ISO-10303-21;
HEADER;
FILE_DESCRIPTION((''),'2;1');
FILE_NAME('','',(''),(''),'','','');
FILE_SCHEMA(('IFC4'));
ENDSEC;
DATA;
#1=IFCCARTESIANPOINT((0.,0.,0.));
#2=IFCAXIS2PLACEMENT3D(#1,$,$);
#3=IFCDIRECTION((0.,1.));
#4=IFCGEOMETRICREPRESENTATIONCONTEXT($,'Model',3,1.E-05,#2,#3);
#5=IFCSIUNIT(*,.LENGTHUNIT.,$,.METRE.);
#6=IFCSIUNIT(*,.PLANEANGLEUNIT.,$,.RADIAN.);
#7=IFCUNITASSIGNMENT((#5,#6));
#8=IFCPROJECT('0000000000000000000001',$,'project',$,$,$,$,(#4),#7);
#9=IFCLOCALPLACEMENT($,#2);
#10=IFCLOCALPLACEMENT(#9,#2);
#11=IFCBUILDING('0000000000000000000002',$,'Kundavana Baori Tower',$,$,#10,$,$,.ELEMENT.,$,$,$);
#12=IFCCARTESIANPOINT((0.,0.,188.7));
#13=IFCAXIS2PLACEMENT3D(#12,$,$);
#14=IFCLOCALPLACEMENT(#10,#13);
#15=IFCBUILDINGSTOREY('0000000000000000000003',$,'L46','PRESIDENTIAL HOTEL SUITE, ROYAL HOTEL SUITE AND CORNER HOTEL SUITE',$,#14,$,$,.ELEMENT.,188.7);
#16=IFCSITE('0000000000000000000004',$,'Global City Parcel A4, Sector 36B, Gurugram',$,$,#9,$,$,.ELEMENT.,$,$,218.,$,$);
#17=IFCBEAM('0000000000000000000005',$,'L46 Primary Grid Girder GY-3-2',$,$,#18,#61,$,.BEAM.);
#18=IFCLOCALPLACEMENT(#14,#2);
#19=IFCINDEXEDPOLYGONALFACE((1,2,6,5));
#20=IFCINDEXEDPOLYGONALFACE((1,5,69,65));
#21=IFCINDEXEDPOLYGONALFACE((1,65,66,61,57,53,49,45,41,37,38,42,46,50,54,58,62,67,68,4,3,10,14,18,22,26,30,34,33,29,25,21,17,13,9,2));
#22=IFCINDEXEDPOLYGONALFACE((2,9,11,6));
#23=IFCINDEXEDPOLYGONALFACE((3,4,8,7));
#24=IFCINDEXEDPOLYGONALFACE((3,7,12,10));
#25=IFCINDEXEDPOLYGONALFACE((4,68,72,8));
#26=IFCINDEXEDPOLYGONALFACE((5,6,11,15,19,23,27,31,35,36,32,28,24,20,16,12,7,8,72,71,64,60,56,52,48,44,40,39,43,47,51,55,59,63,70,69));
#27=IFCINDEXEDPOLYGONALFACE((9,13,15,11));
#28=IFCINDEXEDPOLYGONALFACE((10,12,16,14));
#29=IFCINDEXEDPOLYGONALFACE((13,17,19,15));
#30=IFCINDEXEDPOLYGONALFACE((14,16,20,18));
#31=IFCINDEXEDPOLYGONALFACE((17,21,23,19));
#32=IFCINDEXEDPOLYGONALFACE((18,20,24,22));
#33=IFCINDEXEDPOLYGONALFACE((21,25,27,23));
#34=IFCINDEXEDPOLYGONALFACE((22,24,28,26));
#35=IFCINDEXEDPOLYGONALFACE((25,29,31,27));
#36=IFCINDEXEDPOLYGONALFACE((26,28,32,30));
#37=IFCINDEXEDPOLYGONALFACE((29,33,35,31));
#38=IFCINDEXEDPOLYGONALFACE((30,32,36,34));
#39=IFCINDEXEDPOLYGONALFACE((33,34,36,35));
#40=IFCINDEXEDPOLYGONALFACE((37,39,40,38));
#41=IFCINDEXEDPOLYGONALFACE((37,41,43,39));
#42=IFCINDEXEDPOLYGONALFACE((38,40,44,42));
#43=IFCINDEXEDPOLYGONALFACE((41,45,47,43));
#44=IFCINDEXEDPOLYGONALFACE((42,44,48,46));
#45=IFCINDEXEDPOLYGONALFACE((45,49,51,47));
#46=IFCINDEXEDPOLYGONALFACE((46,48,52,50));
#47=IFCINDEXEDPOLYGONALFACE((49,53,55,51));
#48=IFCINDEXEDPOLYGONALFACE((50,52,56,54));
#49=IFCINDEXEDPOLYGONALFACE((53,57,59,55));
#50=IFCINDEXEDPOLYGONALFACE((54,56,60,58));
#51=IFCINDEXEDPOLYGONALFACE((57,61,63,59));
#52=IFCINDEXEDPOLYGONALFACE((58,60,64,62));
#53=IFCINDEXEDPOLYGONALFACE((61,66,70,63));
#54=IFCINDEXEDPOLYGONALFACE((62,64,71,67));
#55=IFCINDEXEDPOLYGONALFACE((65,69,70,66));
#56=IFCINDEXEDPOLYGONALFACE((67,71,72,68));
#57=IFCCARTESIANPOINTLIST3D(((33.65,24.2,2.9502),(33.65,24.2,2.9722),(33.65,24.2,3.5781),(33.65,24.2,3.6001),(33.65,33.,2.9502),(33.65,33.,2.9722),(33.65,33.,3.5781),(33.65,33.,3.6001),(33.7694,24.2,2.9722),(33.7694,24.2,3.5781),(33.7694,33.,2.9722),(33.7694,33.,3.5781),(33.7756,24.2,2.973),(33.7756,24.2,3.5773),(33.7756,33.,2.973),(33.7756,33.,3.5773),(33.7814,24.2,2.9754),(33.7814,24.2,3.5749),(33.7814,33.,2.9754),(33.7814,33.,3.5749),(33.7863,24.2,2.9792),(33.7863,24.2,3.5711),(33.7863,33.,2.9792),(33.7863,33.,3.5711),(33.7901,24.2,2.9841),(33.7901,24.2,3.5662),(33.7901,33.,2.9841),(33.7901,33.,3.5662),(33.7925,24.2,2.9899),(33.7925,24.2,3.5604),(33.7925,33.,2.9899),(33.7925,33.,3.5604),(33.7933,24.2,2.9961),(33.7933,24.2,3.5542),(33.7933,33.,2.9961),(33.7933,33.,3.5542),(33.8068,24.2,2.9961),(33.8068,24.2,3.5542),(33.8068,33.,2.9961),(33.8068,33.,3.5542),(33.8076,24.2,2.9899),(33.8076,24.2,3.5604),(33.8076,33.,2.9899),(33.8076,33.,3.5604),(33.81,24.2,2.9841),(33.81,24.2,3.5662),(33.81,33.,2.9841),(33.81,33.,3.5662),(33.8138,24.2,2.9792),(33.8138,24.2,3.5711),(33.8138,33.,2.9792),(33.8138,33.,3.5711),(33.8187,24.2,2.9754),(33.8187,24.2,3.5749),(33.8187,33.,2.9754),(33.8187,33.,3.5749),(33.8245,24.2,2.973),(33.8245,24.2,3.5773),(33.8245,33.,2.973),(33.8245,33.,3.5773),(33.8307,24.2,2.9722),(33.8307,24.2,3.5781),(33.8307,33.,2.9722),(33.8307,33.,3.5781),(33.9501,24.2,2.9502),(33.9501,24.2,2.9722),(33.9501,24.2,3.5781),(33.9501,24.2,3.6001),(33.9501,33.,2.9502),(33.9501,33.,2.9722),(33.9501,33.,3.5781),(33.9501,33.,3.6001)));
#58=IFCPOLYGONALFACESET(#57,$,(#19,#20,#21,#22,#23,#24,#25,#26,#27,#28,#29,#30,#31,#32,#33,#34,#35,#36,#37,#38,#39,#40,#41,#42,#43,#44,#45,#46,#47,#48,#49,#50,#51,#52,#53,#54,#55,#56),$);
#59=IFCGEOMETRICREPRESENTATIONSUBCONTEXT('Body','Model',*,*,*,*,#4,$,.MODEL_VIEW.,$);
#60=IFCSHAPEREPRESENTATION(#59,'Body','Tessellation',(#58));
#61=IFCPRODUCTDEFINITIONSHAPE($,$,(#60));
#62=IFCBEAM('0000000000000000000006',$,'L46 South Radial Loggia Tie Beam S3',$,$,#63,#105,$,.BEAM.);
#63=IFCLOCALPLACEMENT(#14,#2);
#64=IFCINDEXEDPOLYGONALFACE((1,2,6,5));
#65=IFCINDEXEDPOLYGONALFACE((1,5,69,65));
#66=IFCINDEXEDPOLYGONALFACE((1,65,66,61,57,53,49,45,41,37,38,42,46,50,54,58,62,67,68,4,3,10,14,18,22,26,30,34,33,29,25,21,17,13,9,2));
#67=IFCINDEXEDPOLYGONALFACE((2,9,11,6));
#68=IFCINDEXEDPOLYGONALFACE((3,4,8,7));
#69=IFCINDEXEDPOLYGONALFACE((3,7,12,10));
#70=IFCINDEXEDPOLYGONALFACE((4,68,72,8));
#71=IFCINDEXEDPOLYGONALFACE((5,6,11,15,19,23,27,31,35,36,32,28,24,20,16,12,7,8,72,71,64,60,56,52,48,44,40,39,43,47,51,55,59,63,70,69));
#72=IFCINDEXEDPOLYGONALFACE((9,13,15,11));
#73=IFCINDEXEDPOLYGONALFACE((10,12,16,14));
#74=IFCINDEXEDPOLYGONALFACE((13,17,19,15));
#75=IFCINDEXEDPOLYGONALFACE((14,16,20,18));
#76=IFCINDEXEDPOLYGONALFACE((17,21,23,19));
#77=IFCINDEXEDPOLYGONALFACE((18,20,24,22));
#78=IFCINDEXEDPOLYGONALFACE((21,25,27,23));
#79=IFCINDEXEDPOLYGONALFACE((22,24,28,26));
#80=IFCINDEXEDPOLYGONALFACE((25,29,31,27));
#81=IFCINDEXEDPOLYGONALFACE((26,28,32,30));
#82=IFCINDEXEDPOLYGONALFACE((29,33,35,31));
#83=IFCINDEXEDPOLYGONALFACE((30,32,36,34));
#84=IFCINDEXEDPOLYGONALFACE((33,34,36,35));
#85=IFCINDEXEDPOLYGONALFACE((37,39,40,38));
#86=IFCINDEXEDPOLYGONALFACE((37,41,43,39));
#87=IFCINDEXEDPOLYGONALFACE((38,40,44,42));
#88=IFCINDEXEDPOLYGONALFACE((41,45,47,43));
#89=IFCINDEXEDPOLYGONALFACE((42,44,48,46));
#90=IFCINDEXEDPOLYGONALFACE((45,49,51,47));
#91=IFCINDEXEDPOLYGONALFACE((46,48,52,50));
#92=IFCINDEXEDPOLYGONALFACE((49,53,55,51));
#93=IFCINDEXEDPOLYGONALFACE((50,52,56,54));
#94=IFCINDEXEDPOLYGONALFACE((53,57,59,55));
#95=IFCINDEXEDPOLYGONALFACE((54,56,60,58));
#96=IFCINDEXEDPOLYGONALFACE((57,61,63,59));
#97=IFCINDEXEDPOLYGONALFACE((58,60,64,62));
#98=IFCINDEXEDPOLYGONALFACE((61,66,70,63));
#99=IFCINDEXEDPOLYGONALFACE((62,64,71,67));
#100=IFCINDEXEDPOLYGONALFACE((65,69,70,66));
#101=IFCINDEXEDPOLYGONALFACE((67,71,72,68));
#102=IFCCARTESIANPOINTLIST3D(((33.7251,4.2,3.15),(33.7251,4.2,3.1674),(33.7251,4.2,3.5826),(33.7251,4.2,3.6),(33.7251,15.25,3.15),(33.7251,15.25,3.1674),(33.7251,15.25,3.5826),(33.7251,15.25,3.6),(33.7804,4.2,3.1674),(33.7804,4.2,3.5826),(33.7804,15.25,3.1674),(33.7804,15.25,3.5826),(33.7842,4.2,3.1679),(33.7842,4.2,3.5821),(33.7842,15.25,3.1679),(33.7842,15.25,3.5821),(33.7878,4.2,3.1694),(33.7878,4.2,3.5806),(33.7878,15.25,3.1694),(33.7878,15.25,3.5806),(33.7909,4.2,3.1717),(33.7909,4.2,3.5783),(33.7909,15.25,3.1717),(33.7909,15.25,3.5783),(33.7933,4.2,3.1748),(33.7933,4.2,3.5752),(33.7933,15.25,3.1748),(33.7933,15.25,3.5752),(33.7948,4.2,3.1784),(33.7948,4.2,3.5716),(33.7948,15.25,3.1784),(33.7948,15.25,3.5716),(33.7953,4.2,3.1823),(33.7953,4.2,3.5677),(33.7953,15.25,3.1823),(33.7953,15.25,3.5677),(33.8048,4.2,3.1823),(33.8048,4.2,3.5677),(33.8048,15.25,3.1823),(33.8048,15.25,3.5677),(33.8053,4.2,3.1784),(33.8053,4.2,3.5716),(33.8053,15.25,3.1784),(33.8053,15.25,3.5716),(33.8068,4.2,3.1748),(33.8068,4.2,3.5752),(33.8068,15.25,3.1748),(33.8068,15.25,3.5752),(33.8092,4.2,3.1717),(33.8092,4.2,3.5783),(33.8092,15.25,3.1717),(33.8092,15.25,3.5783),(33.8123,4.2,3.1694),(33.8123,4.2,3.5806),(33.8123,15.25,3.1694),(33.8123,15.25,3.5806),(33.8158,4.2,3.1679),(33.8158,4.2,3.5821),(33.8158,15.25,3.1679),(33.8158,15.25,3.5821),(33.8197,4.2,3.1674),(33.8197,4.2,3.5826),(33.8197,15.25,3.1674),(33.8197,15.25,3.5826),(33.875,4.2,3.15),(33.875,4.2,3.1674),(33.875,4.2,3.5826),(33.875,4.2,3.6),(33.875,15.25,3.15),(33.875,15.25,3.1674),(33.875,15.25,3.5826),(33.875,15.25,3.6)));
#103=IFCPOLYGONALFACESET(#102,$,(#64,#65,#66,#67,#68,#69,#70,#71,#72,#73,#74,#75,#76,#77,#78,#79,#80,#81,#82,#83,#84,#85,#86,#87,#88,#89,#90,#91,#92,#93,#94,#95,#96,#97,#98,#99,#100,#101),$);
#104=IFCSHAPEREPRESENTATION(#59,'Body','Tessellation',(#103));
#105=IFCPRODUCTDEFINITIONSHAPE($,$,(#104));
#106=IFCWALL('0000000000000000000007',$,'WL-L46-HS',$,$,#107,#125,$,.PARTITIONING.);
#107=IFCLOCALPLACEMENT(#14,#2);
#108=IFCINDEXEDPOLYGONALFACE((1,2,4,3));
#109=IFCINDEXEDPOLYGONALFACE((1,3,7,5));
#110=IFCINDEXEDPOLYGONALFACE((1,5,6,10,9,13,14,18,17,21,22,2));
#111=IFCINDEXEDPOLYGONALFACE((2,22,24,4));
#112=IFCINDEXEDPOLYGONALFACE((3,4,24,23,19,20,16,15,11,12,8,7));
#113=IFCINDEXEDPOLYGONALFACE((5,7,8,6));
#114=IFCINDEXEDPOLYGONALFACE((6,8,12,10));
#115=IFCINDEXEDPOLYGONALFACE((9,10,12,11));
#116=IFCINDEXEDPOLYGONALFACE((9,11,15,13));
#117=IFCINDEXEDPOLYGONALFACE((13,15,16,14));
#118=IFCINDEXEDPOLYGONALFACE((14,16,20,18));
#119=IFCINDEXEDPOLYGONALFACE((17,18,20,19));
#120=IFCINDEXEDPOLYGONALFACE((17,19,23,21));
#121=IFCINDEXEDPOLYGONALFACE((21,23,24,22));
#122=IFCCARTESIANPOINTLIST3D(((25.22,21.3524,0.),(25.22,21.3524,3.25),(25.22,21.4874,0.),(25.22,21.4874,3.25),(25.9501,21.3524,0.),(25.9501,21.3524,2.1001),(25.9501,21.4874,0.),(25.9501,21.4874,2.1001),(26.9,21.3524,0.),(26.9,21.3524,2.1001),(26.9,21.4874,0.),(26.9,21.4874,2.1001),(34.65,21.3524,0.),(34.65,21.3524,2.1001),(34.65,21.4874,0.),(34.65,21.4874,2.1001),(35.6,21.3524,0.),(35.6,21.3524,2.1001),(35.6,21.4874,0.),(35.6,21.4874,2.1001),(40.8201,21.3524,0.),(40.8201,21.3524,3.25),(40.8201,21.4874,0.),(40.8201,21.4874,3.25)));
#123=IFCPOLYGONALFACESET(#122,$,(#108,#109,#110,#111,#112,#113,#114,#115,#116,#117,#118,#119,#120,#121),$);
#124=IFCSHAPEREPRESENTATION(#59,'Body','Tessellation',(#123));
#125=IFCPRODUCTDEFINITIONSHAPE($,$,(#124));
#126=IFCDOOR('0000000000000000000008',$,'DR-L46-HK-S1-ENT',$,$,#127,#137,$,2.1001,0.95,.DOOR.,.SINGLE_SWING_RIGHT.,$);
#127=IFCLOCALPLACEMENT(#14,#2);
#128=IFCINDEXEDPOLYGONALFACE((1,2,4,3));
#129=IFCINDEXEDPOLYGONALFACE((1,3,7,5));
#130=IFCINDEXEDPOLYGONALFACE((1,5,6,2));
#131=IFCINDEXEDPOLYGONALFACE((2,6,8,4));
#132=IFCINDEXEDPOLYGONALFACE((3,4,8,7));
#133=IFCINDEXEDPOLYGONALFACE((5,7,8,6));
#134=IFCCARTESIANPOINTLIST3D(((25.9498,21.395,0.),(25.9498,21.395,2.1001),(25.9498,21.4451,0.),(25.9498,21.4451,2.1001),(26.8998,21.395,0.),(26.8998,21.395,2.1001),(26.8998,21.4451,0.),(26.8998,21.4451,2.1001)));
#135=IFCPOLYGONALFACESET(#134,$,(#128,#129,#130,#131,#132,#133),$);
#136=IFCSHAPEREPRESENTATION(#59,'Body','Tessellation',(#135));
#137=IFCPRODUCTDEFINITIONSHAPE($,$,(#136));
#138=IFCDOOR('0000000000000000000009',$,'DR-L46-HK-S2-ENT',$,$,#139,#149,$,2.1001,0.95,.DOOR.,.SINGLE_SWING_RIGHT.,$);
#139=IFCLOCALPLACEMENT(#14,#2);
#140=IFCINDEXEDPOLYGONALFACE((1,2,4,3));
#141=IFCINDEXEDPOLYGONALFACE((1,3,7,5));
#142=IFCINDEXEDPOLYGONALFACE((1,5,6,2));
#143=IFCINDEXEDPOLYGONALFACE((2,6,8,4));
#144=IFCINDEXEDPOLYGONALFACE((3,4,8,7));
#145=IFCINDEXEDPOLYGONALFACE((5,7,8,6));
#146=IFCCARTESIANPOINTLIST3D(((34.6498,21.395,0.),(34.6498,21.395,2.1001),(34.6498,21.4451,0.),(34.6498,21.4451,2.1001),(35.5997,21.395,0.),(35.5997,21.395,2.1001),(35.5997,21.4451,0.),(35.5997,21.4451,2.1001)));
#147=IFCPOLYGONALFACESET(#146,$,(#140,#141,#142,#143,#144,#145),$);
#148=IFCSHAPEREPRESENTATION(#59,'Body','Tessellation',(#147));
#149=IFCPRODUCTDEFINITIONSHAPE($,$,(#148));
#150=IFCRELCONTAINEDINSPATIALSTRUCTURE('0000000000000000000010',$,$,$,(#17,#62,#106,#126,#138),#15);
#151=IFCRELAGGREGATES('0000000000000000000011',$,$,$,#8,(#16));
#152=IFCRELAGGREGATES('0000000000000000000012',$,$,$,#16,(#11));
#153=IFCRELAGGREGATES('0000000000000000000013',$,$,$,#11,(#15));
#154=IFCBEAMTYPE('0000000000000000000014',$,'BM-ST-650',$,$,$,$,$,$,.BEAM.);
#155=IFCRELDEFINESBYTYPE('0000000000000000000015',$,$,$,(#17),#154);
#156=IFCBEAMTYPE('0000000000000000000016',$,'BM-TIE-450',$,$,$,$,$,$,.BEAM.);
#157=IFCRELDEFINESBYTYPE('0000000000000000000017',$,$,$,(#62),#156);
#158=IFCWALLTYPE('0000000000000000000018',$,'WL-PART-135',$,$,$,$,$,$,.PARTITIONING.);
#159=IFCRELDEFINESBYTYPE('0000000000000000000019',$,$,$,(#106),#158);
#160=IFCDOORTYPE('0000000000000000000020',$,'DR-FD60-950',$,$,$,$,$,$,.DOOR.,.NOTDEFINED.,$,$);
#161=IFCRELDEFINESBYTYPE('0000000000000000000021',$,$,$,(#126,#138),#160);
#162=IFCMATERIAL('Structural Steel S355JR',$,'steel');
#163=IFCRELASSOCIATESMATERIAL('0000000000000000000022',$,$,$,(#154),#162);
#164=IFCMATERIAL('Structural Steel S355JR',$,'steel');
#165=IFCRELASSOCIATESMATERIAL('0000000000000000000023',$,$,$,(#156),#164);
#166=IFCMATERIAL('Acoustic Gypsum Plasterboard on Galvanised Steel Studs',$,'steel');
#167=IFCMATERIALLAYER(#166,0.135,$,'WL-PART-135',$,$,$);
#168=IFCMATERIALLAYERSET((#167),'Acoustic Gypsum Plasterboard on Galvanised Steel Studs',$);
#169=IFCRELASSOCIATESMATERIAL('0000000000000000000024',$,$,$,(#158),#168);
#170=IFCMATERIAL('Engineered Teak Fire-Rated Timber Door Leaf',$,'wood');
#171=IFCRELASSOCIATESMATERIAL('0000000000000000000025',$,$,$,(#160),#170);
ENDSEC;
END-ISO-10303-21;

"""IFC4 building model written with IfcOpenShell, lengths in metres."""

from ifc_helpers import new_model, si_unit, direction, frame, frame_2d, origin, origin_2d, place, context, subcontext, project, spatial, rectangle, i_section, extrude, material, layer, layer_set, material_profile, profile_set, type_object, element, fill, save


model = new_model("IFC4")

# Units and contexts
model_context = context("Model", 3, precision=1e-05, world=origin(), true_north=direction((0.0, 1.0)))
body_context = subcontext(model_context, "Body", "Model", "MODEL_VIEW")
ifc_project = project(units=[si_unit("LENGTHUNIT", "METRE"), si_unit("PLANEANGLEUNIT", "RADIAN")], contexts=[model_context])

# Site, building, storey
site_placement = place(None, origin())
site = spatial("IfcSite", under=ifc_project, at=site_placement, Name="Global City Parcel A4, Sector 36B, Gurugram", CompositionType="ELEMENT", RefElevation=218.0)
building_placement = place(site_placement, origin())
building = spatial("IfcBuilding", under=site, at=building_placement, Name="Kundavana Baori Tower", CompositionType="ELEMENT")
storey_placement = place(building_placement, frame((0.0, 0.0, 188.7)))
storey = spatial("IfcBuildingStorey", under=building, at=storey_placement, Name="L46", Description="PRESIDENTIAL HOTEL SUITE, ROYAL HOTEL SUITE AND CORNER HOTEL SUITE", CompositionType="ELEMENT", Elevation=188.7)

# Beams
ifc_material_1 = material(Name="Structural Steel S355JR", Category="steel")
ifc_material_profile_1 = material_profile(ifc_material_1, i_section(OverallWidth=0.3, OverallDepth=0.6499, WebThickness=0.0134, FlangeThickness=0.022, FilletRadius=0.0239, at=origin_2d()), Name="NPB 650x300x155")
ifc_profile_set_1 = profile_set([ifc_material_profile_1], Name="Structural Steel S355JR")
beam_type_1 = type_object("IfcBeamType", Name="BM-ST-650", PredefinedType="BEAM", material=ifc_profile_set_1)
beam_1_placement = place(storey_placement, frame((33.8, 24.2, 3.2751), z_axis=(0.0, 1.0, 0.0), x_axis=(-1.0, 0.0, 0.0)))
element("IfcBeam", 1, at=beam_1_placement, inside=storey, type_object=beam_type_1, Name="L46 Primary Grid Girder GY-3-2", PredefinedType="BEAM", context=body_context, shape_type="SweptSolid", body=[
    extrude(i_section(OverallWidth=0.3, OverallDepth=0.6499, WebThickness=0.0134, FlangeThickness=0.022, FilletRadius=0.0239, at=origin_2d()), origin(), (0.0, 0.0, 1.0), 8.8),
])
ifc_material_2 = material(Name="Structural Steel S355JR", Category="steel")
ifc_material_profile_2 = material_profile(ifc_material_2, i_section(OverallWidth=0.1499, OverallDepth=0.45, WebThickness=0.0095, FlangeThickness=0.0173, FilletRadius=0.0149, at=origin_2d()), Name="ISMB 450")
ifc_profile_set_2 = profile_set([ifc_material_profile_2], Name="Structural Steel S355JR")
beam_type_2 = type_object("IfcBeamType", Name="BM-TIE-450", PredefinedType="BEAM", material=ifc_profile_set_2)
beam_2_placement = place(storey_placement, frame((33.8, 15.25, 3.375), z_axis=(0.0, -1.0, 0.0), x_axis=(1.0, 0.0, 0.0)))
element("IfcBeam", 2, at=beam_2_placement, inside=storey, type_object=beam_type_2, Name="L46 South Radial Loggia Tie Beam S3", PredefinedType="BEAM", context=body_context, shape_type="SweptSolid", body=[
    extrude(i_section(OverallWidth=0.1499, OverallDepth=0.45, WebThickness=0.0095, FlangeThickness=0.0173, FilletRadius=0.0149, at=origin_2d()), origin(), (0.0, 0.0, 1.0), 11.05),
])

# Wall, openings, doors
ifc_material_3 = material(Name="Acoustic Gypsum Plasterboard on Galvanised Steel Studs", Category="steel")
ifc_layer_1 = layer(ifc_material_3, 0.135, Name="WL-PART-135")
ifc_layer_set_1 = layer_set([ifc_layer_1], Name="Acoustic Gypsum Plasterboard on Galvanised Steel Studs")
wall_type_1 = type_object("IfcWallType", Name="WL-PART-135", PredefinedType="PARTITIONING", material=ifc_layer_set_1)
wall_1_placement = place(storey_placement, frame((25.22, 21.4199, 0.0), z_axis=(0.0, 0.0, 1.0), x_axis=(1.0, 0.0, 0.0)))
wall_1 = element("IfcWall", 3, at=wall_1_placement, inside=storey, type_object=wall_type_1, Name="WL-L46-HS", PredefinedType="PARTITIONING", context=body_context, shape_type="SweptSolid", body=[
    extrude(rectangle(XDim=15.6001, YDim=0.135, at=frame_2d((7.8, 0.0))), origin(), (0.0, 0.0, 1.0), 3.25),
])
opening_1_placement = place(wall_1_placement, frame((0.73, 0.0, 0.0)))
opening_1 = element("IfcOpeningElement", 4, at=opening_1_placement, cuts=wall_1, PredefinedType="OPENING", context=body_context, shape_type="SweptSolid", body=[
    extrude(rectangle(XDim=0.95, YDim=2.1001, at=frame_2d((0.4751, 1.05))), frame((0.0, 0.0776, 0.0), z_axis=(0.0, -1.0, 0.0), x_axis=(1.0, 0.0, 0.0)), (0.0, 0.0, 1.0), 0.155),
])
opening_2_placement = place(wall_1_placement, frame((9.4299, 0.0, 0.0)))
opening_2 = element("IfcOpeningElement", 5, at=opening_2_placement, cuts=wall_1, PredefinedType="OPENING", context=body_context, shape_type="SweptSolid", body=[
    extrude(rectangle(XDim=0.95, YDim=2.1001, at=frame_2d((0.4751, 1.05))), frame((0.0, 0.0776, 0.0), z_axis=(0.0, -1.0, 0.0), x_axis=(1.0, 0.0, 0.0)), (0.0, 0.0, 1.0), 0.155),
])
ifc_material_4 = material(Name="Engineered Teak Fire-Rated Timber Door Leaf", Category="wood")
door_type_1 = type_object("IfcDoorType", Name="DR-FD60-950", OperationType="NOTDEFINED", PredefinedType="DOOR", material=ifc_material_4)
door_1_placement = place(opening_1_placement, frame((0.95, 0.0, 0.0), z_axis=(0.0, 0.0, 1.0), x_axis=(-1.0, 0.0, 0.0)))
door_1 = element("IfcDoor", 6, at=door_1_placement, inside=storey, type_object=door_type_1, Name="DR-L46-HK-S1-ENT", OperationType="SINGLE_SWING_RIGHT", OverallHeight=2.1001, OverallWidth=0.95, PredefinedType="DOOR", context=body_context, shape_type="SweptSolid", body=[
    extrude(rectangle(XDim=0.95, YDim=2.1001, at=frame_2d((0.4751, 1.05))), frame((0.0, 0.0249, 0.0), z_axis=(0.0, -1.0, 0.0), x_axis=(1.0, 0.0, 0.0)), (0.0, 0.0, 1.0), 0.05),
])
fill(opening_1, door_1)
door_2_placement = place(opening_2_placement, frame((0.95, 0.0, 0.0), z_axis=(0.0, 0.0, 1.0), x_axis=(-1.0, 0.0, 0.0)))
door_2 = element("IfcDoor", 7, at=door_2_placement, inside=storey, type_object=door_type_1, Name="DR-L46-HK-S2-ENT", OperationType="SINGLE_SWING_RIGHT", OverallHeight=2.1001, OverallWidth=0.95, PredefinedType="DOOR", context=body_context, shape_type="SweptSolid", body=[
    extrude(rectangle(XDim=0.95, YDim=2.1001, at=frame_2d((0.4751, 1.05))), frame((0.0, 0.0249, 0.0), z_axis=(0.0, -1.0, 0.0), x_axis=(1.0, 0.0, 0.0)), (0.0, 0.0, 1.0), 0.05),
])
fill(opening_2, door_2)

save(model, "model.ifc")
